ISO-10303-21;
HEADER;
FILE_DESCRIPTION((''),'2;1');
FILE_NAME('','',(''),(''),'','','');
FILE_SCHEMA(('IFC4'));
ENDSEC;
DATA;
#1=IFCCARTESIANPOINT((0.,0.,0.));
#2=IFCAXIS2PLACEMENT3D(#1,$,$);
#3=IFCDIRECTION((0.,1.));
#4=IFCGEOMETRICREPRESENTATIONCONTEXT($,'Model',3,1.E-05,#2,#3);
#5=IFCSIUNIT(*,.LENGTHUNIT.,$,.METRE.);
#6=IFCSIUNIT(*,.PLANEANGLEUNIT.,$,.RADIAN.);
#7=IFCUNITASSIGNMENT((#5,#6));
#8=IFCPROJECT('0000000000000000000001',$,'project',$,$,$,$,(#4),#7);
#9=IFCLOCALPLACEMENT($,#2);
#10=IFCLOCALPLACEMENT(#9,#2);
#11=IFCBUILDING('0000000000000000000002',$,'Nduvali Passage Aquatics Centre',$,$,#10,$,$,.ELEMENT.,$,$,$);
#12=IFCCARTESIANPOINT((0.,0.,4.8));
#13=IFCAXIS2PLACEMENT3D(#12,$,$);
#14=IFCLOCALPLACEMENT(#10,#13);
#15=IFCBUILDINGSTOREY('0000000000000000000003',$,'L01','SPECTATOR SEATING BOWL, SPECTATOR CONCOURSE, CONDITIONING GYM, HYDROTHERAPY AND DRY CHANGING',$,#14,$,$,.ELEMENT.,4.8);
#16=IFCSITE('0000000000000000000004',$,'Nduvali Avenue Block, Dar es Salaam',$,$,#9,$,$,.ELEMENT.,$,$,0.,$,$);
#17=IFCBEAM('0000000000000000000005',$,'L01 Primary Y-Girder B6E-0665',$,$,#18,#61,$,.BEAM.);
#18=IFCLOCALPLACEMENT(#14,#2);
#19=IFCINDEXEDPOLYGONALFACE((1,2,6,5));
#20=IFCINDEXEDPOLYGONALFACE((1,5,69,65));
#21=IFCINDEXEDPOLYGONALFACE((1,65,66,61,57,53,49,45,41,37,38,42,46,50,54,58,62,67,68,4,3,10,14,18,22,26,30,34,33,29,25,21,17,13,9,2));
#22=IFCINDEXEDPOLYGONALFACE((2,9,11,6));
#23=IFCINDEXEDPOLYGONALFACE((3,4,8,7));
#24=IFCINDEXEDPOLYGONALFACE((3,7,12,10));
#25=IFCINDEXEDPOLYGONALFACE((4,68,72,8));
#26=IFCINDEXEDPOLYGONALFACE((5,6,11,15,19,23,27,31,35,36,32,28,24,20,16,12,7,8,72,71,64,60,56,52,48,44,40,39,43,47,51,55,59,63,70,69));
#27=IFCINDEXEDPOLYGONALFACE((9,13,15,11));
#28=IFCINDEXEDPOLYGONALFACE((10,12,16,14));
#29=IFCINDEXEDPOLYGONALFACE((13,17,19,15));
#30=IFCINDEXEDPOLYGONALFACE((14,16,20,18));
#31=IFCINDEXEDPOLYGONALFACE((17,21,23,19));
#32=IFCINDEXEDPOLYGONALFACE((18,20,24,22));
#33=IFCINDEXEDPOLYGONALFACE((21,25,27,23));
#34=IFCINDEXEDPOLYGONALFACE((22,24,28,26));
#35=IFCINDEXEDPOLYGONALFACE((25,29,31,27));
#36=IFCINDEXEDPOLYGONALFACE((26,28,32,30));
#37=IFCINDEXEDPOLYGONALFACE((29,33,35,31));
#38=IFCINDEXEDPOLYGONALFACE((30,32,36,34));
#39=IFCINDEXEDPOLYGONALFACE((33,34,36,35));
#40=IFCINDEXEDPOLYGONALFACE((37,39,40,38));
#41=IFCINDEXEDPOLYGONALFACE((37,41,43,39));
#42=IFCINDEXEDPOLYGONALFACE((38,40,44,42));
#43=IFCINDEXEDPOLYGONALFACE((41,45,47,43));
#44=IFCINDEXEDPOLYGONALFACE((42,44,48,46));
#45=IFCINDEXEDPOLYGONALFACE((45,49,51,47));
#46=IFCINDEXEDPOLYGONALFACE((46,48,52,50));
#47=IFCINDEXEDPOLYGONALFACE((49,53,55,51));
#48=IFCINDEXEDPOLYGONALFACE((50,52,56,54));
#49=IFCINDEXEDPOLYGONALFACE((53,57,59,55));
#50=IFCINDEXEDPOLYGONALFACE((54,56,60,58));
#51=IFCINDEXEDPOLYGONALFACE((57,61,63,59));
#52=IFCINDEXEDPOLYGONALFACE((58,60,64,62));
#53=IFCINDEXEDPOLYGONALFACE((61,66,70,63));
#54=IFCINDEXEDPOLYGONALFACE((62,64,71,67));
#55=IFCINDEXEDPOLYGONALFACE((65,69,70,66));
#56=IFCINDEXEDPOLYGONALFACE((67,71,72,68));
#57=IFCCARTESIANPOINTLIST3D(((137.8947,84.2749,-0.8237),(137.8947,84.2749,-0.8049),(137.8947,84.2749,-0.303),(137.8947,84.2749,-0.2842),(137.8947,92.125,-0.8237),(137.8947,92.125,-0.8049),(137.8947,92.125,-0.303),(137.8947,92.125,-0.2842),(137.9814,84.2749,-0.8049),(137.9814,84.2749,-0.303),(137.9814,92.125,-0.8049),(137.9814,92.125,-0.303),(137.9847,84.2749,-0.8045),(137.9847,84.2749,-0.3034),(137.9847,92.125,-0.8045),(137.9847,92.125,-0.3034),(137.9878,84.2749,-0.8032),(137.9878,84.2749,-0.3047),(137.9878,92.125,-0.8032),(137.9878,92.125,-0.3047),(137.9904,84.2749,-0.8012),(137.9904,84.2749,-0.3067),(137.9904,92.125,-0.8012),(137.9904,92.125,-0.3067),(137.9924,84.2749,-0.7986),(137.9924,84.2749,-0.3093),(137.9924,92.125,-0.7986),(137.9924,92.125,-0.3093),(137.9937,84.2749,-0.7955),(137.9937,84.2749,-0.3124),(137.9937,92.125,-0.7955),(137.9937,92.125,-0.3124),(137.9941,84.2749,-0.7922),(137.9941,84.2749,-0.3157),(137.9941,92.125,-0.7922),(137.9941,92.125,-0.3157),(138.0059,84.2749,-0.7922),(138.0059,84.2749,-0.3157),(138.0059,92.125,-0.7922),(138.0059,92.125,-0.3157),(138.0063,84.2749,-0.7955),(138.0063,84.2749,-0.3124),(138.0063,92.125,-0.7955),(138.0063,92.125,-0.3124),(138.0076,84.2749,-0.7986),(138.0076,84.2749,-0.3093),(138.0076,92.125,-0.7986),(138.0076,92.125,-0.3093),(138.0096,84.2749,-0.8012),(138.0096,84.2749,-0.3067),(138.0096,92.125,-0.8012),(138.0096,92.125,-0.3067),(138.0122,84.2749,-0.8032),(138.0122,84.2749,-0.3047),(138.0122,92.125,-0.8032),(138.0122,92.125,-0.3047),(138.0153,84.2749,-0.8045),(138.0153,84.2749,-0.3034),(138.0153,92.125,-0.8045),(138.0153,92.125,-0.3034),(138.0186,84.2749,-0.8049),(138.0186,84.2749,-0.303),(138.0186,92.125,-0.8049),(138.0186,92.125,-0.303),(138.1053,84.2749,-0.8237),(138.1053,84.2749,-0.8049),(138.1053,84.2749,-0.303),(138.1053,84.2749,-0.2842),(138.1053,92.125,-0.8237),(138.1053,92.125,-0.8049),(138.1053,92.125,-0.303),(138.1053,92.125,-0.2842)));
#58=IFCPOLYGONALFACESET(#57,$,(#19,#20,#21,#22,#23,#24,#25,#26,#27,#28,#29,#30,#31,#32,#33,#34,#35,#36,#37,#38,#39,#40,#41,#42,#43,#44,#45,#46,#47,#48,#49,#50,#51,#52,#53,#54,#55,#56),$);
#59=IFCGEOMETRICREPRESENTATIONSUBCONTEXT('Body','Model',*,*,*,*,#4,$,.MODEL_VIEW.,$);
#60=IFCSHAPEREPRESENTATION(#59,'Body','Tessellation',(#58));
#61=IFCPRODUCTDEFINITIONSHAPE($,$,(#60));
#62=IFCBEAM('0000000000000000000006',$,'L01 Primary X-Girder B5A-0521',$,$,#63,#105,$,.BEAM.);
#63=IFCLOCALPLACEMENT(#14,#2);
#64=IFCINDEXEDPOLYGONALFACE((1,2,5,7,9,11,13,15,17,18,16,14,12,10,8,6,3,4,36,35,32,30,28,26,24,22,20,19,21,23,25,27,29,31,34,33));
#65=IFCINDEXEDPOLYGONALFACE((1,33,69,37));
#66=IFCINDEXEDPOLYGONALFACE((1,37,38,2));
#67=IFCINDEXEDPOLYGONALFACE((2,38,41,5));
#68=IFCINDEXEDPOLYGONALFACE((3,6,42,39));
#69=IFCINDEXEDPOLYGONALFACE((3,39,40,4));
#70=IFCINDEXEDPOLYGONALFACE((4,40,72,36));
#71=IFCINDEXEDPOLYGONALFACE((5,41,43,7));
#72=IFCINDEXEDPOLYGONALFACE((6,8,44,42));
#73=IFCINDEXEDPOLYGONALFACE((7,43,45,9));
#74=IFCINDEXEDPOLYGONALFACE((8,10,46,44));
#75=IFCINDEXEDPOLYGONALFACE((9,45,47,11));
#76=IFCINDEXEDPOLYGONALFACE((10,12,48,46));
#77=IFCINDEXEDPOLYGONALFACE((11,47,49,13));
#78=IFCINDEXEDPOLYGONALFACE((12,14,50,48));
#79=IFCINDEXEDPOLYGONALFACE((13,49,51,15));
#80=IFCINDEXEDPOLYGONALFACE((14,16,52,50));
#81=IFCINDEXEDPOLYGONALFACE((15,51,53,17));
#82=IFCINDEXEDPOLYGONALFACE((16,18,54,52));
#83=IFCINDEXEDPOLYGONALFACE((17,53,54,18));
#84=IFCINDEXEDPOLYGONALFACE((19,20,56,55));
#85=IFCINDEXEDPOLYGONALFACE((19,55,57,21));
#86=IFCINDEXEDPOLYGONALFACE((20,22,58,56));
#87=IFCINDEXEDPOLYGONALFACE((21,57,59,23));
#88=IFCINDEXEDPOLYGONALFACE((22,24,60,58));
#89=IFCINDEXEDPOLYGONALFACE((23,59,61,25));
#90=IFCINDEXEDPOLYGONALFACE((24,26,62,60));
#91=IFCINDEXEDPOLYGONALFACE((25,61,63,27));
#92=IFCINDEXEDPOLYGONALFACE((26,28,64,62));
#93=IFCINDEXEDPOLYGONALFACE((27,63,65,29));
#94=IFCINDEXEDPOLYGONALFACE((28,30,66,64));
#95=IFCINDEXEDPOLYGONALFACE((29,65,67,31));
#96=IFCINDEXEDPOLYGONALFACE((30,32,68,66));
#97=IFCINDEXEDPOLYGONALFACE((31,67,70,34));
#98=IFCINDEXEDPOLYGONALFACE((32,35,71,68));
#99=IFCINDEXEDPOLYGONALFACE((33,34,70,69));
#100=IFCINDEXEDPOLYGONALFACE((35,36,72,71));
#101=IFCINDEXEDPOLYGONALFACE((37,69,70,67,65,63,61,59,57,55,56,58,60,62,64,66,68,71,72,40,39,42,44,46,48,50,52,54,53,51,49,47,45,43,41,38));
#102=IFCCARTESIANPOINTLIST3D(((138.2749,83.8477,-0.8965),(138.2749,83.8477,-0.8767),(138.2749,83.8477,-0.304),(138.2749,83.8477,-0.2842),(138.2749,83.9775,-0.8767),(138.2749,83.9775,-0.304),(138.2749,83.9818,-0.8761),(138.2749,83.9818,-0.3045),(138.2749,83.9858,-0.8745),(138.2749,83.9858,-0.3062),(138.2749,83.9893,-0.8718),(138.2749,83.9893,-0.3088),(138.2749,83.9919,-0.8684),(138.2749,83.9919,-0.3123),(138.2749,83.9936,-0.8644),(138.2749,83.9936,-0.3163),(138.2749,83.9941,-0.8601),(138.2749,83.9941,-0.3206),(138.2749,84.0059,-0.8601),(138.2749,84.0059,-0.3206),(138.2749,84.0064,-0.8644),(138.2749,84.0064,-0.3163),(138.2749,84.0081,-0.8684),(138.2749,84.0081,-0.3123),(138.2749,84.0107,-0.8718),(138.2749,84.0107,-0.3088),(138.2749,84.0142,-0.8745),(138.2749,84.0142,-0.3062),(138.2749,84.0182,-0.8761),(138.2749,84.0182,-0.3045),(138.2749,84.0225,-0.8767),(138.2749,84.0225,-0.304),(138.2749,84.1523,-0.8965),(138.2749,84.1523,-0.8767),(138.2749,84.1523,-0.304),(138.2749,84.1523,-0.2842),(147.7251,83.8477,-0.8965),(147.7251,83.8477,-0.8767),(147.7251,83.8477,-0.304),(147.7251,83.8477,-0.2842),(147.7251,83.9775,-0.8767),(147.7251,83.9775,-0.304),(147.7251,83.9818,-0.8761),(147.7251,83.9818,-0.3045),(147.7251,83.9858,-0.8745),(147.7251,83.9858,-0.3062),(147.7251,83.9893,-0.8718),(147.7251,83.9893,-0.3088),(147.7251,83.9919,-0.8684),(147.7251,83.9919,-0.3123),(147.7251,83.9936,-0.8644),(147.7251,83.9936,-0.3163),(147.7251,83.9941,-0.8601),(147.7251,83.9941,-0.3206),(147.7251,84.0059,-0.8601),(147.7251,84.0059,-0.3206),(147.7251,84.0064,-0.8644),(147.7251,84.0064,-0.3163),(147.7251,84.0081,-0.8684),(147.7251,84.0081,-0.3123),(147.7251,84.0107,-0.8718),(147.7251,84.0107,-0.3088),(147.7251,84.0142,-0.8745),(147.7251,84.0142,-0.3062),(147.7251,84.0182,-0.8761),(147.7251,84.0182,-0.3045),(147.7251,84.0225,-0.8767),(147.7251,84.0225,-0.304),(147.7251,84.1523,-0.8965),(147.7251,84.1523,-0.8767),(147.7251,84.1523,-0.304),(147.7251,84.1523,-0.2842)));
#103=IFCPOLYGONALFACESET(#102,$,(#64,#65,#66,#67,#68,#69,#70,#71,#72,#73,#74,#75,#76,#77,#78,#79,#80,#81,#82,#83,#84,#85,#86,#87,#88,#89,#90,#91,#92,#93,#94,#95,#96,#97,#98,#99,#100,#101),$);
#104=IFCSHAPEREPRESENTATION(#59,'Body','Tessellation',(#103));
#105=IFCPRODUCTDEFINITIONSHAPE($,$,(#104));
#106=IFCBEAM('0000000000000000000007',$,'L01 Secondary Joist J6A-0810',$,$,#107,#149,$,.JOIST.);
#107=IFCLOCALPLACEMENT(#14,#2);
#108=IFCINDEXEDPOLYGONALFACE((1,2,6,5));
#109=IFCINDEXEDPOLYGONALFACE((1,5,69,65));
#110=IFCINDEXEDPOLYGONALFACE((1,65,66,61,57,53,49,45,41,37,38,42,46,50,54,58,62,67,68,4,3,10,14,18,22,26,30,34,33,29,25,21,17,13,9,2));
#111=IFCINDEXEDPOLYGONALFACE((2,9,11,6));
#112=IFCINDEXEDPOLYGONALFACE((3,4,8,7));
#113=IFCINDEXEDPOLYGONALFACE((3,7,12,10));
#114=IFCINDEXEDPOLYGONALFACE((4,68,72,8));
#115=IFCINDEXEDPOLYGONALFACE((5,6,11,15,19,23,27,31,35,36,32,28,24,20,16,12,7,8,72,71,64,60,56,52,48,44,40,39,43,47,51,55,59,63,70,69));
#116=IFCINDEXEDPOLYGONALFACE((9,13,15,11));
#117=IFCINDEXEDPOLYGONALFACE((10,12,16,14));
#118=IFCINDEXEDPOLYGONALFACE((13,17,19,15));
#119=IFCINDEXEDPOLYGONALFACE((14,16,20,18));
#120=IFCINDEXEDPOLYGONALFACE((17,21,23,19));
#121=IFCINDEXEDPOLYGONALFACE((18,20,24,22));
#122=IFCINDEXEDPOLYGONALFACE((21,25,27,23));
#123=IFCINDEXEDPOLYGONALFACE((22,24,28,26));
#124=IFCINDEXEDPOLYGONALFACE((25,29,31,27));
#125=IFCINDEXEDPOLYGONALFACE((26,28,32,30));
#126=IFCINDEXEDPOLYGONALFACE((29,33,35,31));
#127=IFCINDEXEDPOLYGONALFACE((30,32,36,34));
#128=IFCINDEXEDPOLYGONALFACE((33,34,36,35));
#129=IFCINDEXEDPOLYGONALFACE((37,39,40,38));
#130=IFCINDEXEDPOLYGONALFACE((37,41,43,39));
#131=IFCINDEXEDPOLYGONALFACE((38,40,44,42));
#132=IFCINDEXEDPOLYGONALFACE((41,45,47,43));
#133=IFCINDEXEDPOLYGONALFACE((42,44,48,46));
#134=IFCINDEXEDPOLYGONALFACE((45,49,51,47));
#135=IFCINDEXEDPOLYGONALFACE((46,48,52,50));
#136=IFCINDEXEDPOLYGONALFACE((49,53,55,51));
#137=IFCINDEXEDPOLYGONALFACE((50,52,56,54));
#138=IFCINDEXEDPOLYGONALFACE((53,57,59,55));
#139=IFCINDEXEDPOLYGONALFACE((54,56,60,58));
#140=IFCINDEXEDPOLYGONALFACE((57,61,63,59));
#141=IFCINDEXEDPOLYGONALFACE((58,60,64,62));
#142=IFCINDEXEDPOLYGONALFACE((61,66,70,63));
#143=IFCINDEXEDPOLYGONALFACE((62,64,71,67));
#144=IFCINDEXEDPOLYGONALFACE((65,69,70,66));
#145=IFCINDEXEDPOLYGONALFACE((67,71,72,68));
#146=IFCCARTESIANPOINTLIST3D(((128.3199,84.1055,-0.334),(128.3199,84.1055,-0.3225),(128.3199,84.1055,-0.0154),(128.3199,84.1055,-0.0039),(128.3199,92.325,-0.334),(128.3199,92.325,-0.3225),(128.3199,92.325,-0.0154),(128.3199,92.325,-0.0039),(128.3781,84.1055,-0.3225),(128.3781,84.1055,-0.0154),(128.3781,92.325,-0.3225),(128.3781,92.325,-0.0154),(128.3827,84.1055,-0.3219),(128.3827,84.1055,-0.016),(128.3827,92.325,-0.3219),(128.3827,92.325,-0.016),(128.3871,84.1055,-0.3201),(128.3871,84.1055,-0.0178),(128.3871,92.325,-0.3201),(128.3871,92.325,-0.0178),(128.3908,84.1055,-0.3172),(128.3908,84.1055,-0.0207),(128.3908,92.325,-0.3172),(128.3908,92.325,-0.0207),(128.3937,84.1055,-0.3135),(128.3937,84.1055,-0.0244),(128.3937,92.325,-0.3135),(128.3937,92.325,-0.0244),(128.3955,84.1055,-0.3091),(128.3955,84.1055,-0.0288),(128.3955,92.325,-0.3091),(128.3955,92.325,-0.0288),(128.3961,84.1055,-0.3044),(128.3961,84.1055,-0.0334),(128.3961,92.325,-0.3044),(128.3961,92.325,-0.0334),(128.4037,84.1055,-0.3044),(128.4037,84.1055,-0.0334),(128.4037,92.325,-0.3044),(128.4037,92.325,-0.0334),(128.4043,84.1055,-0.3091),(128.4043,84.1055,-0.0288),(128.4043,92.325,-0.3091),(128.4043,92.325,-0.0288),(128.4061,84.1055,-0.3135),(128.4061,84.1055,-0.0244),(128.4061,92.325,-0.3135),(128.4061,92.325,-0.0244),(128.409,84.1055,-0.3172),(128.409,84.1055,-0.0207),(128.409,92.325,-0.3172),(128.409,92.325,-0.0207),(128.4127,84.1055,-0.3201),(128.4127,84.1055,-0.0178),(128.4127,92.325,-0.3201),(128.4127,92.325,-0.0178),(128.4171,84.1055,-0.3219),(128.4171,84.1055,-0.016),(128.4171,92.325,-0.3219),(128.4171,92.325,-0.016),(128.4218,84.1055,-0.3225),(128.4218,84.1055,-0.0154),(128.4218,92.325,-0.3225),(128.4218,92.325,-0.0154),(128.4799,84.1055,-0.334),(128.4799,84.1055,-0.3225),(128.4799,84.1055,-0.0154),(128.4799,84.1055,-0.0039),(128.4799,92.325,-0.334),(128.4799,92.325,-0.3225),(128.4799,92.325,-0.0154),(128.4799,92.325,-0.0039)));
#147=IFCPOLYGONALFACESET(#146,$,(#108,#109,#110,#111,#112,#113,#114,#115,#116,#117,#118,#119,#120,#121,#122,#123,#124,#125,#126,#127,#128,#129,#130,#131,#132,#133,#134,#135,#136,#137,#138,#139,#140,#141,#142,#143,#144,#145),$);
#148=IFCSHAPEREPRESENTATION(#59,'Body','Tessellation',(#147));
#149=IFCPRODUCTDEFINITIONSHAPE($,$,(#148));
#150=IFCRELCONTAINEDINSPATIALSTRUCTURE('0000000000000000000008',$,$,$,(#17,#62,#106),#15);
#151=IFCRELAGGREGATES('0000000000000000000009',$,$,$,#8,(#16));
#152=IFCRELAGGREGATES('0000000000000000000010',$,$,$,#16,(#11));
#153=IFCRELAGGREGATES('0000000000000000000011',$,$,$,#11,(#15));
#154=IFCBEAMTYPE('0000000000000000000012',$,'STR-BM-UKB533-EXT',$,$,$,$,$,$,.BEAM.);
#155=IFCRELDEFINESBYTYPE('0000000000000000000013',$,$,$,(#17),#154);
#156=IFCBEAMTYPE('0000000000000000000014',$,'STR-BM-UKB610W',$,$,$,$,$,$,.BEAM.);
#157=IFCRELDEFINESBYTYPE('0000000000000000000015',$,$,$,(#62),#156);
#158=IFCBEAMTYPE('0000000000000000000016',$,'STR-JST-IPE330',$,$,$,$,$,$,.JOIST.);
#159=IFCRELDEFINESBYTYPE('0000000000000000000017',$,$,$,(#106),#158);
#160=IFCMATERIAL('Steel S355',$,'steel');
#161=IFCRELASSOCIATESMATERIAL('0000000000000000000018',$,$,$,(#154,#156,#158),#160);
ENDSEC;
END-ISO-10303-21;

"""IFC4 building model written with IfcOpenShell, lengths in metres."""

from ifc_helpers import new_model, si_unit, direction, frame, origin, origin_2d, place, context, subcontext, project, spatial, i_section, extrude, material, material_profile, profile_set, type_object, element, save


model = new_model("IFC4")

# Units and contexts
model_context = context("Model", 3, precision=1e-05, world=origin(), true_north=direction((0.0, 1.0)))
body_context = subcontext(model_context, "Body", "Model", "MODEL_VIEW")
ifc_project = project(units=[si_unit("LENGTHUNIT", "METRE"), si_unit("PLANEANGLEUNIT", "RADIAN")], contexts=[model_context])

# Site, building, storey
site_placement = place(None, origin())
site = spatial("IfcSite", under=ifc_project, at=site_placement, Name="Nduvali Avenue Block, Dar es Salaam", CompositionType="ELEMENT", RefElevation=0.0)
building_placement = place(site_placement, origin())
building = spatial("IfcBuilding", under=site, at=building_placement, Name="Nduvali Passage Aquatics Centre", CompositionType="ELEMENT")
storey_placement = place(building_placement, frame((0.0, 0.0, 4.8)))
storey = spatial("IfcBuildingStorey", under=building, at=storey_placement, Name="L01", Description="SPECTATOR SEATING BOWL, SPECTATOR CONCOURSE, CONDITIONING GYM, HYDROTHERAPY AND DRY CHANGING", CompositionType="ELEMENT", Elevation=4.8)

# Shared definitions
ifc_material_1 = material(Name="Steel S355", Category="steel")

# Beams
ifc_material_profile_1 = material_profile(ifc_material_1, i_section(OverallWidth=0.2107, OverallDepth=0.5396, WebThickness=0.0117, FlangeThickness=0.0188, FilletRadius=0.0127, at=origin_2d()), Name="UKB 533x210x109")
ifc_profile_set_1 = profile_set([ifc_material_profile_1], Name="Steel S355")
beam_type_1 = type_object("IfcBeamType", Name="STR-BM-UKB533-EXT", PredefinedType="BEAM", material=ifc_profile_set_1)
beam_1_placement = place(storey_placement, frame((138.0, 84.2749, -0.554), z_axis=(0.0, 1.0, 0.0), x_axis=(-1.0, 0.0, 0.0)))
element("IfcBeam", 1, at=beam_1_placement, inside=storey, type_object=beam_type_1, Name="L01 Primary Y-Girder B6E-0665", PredefinedType="BEAM", context=body_context, shape_type="SweptSolid", body=[
    extrude(i_section(OverallWidth=0.2107, OverallDepth=0.5396, WebThickness=0.0117, FlangeThickness=0.0188, FilletRadius=0.0127, at=origin_2d()), origin(), (0.0, 0.0, 1.0), 7.8501),
])
ifc_material_profile_2 = material_profile(ifc_material_1, i_section(OverallWidth=0.3047, OverallDepth=0.6123, WebThickness=0.0117, FlangeThickness=0.0198, FilletRadius=0.0166, at=origin_2d()), Name="UKB 610x305x149")
ifc_profile_set_2 = profile_set([ifc_material_profile_2], Name="Steel S355")
beam_type_2 = type_object("IfcBeamType", Name="STR-BM-UKB610W", PredefinedType="BEAM", material=ifc_profile_set_2)
beam_2_placement = place(storey_placement, frame((138.2749, 84.0, -0.5903), z_axis=(1.0, 0.0, 0.0), x_axis=(0.0, 1.0, 0.0)))
element("IfcBeam", 2, at=beam_2_placement, inside=storey, type_object=beam_type_2, Name="L01 Primary X-Girder B5A-0521", PredefinedType="BEAM", context=body_context, shape_type="SweptSolid", body=[
    extrude(i_section(OverallWidth=0.3047, OverallDepth=0.6123, WebThickness=0.0117, FlangeThickness=0.0198, FilletRadius=0.0166, at=origin_2d()), origin(), (0.0, 0.0, 1.0), 9.4502),
])
ifc_material_profile_3 = material_profile(ifc_material_1, i_section(OverallWidth=0.1599, OverallDepth=0.3301, WebThickness=0.0076, FlangeThickness=0.0115, FilletRadius=0.0181, at=origin_2d()), Name="IPE 330")
ifc_profile_set_3 = profile_set([ifc_material_profile_3], Name="Steel S355")
beam_type_3 = type_object("IfcBeamType", Name="STR-JST-IPE330", PredefinedType="JOIST", material=ifc_profile_set_3)
beam_3_placement = place(storey_placement, frame((128.3999, 84.1055, -0.1689), z_axis=(0.0, 1.0, 0.0), x_axis=(-1.0, 0.0, 0.0)))
element("IfcBeam", 3, at=beam_3_placement, inside=storey, type_object=beam_type_3, Name="L01 Secondary Joist J6A-0810", PredefinedType="JOIST", context=body_context, shape_type="SweptSolid", body=[
    extrude(i_section(OverallWidth=0.1599, OverallDepth=0.3301, WebThickness=0.0076, FlangeThickness=0.0115, FilletRadius=0.0181, at=origin_2d()), origin(), (0.0, 0.0, 1.0), 8.2195),
])

save(model, "model.ifc")
